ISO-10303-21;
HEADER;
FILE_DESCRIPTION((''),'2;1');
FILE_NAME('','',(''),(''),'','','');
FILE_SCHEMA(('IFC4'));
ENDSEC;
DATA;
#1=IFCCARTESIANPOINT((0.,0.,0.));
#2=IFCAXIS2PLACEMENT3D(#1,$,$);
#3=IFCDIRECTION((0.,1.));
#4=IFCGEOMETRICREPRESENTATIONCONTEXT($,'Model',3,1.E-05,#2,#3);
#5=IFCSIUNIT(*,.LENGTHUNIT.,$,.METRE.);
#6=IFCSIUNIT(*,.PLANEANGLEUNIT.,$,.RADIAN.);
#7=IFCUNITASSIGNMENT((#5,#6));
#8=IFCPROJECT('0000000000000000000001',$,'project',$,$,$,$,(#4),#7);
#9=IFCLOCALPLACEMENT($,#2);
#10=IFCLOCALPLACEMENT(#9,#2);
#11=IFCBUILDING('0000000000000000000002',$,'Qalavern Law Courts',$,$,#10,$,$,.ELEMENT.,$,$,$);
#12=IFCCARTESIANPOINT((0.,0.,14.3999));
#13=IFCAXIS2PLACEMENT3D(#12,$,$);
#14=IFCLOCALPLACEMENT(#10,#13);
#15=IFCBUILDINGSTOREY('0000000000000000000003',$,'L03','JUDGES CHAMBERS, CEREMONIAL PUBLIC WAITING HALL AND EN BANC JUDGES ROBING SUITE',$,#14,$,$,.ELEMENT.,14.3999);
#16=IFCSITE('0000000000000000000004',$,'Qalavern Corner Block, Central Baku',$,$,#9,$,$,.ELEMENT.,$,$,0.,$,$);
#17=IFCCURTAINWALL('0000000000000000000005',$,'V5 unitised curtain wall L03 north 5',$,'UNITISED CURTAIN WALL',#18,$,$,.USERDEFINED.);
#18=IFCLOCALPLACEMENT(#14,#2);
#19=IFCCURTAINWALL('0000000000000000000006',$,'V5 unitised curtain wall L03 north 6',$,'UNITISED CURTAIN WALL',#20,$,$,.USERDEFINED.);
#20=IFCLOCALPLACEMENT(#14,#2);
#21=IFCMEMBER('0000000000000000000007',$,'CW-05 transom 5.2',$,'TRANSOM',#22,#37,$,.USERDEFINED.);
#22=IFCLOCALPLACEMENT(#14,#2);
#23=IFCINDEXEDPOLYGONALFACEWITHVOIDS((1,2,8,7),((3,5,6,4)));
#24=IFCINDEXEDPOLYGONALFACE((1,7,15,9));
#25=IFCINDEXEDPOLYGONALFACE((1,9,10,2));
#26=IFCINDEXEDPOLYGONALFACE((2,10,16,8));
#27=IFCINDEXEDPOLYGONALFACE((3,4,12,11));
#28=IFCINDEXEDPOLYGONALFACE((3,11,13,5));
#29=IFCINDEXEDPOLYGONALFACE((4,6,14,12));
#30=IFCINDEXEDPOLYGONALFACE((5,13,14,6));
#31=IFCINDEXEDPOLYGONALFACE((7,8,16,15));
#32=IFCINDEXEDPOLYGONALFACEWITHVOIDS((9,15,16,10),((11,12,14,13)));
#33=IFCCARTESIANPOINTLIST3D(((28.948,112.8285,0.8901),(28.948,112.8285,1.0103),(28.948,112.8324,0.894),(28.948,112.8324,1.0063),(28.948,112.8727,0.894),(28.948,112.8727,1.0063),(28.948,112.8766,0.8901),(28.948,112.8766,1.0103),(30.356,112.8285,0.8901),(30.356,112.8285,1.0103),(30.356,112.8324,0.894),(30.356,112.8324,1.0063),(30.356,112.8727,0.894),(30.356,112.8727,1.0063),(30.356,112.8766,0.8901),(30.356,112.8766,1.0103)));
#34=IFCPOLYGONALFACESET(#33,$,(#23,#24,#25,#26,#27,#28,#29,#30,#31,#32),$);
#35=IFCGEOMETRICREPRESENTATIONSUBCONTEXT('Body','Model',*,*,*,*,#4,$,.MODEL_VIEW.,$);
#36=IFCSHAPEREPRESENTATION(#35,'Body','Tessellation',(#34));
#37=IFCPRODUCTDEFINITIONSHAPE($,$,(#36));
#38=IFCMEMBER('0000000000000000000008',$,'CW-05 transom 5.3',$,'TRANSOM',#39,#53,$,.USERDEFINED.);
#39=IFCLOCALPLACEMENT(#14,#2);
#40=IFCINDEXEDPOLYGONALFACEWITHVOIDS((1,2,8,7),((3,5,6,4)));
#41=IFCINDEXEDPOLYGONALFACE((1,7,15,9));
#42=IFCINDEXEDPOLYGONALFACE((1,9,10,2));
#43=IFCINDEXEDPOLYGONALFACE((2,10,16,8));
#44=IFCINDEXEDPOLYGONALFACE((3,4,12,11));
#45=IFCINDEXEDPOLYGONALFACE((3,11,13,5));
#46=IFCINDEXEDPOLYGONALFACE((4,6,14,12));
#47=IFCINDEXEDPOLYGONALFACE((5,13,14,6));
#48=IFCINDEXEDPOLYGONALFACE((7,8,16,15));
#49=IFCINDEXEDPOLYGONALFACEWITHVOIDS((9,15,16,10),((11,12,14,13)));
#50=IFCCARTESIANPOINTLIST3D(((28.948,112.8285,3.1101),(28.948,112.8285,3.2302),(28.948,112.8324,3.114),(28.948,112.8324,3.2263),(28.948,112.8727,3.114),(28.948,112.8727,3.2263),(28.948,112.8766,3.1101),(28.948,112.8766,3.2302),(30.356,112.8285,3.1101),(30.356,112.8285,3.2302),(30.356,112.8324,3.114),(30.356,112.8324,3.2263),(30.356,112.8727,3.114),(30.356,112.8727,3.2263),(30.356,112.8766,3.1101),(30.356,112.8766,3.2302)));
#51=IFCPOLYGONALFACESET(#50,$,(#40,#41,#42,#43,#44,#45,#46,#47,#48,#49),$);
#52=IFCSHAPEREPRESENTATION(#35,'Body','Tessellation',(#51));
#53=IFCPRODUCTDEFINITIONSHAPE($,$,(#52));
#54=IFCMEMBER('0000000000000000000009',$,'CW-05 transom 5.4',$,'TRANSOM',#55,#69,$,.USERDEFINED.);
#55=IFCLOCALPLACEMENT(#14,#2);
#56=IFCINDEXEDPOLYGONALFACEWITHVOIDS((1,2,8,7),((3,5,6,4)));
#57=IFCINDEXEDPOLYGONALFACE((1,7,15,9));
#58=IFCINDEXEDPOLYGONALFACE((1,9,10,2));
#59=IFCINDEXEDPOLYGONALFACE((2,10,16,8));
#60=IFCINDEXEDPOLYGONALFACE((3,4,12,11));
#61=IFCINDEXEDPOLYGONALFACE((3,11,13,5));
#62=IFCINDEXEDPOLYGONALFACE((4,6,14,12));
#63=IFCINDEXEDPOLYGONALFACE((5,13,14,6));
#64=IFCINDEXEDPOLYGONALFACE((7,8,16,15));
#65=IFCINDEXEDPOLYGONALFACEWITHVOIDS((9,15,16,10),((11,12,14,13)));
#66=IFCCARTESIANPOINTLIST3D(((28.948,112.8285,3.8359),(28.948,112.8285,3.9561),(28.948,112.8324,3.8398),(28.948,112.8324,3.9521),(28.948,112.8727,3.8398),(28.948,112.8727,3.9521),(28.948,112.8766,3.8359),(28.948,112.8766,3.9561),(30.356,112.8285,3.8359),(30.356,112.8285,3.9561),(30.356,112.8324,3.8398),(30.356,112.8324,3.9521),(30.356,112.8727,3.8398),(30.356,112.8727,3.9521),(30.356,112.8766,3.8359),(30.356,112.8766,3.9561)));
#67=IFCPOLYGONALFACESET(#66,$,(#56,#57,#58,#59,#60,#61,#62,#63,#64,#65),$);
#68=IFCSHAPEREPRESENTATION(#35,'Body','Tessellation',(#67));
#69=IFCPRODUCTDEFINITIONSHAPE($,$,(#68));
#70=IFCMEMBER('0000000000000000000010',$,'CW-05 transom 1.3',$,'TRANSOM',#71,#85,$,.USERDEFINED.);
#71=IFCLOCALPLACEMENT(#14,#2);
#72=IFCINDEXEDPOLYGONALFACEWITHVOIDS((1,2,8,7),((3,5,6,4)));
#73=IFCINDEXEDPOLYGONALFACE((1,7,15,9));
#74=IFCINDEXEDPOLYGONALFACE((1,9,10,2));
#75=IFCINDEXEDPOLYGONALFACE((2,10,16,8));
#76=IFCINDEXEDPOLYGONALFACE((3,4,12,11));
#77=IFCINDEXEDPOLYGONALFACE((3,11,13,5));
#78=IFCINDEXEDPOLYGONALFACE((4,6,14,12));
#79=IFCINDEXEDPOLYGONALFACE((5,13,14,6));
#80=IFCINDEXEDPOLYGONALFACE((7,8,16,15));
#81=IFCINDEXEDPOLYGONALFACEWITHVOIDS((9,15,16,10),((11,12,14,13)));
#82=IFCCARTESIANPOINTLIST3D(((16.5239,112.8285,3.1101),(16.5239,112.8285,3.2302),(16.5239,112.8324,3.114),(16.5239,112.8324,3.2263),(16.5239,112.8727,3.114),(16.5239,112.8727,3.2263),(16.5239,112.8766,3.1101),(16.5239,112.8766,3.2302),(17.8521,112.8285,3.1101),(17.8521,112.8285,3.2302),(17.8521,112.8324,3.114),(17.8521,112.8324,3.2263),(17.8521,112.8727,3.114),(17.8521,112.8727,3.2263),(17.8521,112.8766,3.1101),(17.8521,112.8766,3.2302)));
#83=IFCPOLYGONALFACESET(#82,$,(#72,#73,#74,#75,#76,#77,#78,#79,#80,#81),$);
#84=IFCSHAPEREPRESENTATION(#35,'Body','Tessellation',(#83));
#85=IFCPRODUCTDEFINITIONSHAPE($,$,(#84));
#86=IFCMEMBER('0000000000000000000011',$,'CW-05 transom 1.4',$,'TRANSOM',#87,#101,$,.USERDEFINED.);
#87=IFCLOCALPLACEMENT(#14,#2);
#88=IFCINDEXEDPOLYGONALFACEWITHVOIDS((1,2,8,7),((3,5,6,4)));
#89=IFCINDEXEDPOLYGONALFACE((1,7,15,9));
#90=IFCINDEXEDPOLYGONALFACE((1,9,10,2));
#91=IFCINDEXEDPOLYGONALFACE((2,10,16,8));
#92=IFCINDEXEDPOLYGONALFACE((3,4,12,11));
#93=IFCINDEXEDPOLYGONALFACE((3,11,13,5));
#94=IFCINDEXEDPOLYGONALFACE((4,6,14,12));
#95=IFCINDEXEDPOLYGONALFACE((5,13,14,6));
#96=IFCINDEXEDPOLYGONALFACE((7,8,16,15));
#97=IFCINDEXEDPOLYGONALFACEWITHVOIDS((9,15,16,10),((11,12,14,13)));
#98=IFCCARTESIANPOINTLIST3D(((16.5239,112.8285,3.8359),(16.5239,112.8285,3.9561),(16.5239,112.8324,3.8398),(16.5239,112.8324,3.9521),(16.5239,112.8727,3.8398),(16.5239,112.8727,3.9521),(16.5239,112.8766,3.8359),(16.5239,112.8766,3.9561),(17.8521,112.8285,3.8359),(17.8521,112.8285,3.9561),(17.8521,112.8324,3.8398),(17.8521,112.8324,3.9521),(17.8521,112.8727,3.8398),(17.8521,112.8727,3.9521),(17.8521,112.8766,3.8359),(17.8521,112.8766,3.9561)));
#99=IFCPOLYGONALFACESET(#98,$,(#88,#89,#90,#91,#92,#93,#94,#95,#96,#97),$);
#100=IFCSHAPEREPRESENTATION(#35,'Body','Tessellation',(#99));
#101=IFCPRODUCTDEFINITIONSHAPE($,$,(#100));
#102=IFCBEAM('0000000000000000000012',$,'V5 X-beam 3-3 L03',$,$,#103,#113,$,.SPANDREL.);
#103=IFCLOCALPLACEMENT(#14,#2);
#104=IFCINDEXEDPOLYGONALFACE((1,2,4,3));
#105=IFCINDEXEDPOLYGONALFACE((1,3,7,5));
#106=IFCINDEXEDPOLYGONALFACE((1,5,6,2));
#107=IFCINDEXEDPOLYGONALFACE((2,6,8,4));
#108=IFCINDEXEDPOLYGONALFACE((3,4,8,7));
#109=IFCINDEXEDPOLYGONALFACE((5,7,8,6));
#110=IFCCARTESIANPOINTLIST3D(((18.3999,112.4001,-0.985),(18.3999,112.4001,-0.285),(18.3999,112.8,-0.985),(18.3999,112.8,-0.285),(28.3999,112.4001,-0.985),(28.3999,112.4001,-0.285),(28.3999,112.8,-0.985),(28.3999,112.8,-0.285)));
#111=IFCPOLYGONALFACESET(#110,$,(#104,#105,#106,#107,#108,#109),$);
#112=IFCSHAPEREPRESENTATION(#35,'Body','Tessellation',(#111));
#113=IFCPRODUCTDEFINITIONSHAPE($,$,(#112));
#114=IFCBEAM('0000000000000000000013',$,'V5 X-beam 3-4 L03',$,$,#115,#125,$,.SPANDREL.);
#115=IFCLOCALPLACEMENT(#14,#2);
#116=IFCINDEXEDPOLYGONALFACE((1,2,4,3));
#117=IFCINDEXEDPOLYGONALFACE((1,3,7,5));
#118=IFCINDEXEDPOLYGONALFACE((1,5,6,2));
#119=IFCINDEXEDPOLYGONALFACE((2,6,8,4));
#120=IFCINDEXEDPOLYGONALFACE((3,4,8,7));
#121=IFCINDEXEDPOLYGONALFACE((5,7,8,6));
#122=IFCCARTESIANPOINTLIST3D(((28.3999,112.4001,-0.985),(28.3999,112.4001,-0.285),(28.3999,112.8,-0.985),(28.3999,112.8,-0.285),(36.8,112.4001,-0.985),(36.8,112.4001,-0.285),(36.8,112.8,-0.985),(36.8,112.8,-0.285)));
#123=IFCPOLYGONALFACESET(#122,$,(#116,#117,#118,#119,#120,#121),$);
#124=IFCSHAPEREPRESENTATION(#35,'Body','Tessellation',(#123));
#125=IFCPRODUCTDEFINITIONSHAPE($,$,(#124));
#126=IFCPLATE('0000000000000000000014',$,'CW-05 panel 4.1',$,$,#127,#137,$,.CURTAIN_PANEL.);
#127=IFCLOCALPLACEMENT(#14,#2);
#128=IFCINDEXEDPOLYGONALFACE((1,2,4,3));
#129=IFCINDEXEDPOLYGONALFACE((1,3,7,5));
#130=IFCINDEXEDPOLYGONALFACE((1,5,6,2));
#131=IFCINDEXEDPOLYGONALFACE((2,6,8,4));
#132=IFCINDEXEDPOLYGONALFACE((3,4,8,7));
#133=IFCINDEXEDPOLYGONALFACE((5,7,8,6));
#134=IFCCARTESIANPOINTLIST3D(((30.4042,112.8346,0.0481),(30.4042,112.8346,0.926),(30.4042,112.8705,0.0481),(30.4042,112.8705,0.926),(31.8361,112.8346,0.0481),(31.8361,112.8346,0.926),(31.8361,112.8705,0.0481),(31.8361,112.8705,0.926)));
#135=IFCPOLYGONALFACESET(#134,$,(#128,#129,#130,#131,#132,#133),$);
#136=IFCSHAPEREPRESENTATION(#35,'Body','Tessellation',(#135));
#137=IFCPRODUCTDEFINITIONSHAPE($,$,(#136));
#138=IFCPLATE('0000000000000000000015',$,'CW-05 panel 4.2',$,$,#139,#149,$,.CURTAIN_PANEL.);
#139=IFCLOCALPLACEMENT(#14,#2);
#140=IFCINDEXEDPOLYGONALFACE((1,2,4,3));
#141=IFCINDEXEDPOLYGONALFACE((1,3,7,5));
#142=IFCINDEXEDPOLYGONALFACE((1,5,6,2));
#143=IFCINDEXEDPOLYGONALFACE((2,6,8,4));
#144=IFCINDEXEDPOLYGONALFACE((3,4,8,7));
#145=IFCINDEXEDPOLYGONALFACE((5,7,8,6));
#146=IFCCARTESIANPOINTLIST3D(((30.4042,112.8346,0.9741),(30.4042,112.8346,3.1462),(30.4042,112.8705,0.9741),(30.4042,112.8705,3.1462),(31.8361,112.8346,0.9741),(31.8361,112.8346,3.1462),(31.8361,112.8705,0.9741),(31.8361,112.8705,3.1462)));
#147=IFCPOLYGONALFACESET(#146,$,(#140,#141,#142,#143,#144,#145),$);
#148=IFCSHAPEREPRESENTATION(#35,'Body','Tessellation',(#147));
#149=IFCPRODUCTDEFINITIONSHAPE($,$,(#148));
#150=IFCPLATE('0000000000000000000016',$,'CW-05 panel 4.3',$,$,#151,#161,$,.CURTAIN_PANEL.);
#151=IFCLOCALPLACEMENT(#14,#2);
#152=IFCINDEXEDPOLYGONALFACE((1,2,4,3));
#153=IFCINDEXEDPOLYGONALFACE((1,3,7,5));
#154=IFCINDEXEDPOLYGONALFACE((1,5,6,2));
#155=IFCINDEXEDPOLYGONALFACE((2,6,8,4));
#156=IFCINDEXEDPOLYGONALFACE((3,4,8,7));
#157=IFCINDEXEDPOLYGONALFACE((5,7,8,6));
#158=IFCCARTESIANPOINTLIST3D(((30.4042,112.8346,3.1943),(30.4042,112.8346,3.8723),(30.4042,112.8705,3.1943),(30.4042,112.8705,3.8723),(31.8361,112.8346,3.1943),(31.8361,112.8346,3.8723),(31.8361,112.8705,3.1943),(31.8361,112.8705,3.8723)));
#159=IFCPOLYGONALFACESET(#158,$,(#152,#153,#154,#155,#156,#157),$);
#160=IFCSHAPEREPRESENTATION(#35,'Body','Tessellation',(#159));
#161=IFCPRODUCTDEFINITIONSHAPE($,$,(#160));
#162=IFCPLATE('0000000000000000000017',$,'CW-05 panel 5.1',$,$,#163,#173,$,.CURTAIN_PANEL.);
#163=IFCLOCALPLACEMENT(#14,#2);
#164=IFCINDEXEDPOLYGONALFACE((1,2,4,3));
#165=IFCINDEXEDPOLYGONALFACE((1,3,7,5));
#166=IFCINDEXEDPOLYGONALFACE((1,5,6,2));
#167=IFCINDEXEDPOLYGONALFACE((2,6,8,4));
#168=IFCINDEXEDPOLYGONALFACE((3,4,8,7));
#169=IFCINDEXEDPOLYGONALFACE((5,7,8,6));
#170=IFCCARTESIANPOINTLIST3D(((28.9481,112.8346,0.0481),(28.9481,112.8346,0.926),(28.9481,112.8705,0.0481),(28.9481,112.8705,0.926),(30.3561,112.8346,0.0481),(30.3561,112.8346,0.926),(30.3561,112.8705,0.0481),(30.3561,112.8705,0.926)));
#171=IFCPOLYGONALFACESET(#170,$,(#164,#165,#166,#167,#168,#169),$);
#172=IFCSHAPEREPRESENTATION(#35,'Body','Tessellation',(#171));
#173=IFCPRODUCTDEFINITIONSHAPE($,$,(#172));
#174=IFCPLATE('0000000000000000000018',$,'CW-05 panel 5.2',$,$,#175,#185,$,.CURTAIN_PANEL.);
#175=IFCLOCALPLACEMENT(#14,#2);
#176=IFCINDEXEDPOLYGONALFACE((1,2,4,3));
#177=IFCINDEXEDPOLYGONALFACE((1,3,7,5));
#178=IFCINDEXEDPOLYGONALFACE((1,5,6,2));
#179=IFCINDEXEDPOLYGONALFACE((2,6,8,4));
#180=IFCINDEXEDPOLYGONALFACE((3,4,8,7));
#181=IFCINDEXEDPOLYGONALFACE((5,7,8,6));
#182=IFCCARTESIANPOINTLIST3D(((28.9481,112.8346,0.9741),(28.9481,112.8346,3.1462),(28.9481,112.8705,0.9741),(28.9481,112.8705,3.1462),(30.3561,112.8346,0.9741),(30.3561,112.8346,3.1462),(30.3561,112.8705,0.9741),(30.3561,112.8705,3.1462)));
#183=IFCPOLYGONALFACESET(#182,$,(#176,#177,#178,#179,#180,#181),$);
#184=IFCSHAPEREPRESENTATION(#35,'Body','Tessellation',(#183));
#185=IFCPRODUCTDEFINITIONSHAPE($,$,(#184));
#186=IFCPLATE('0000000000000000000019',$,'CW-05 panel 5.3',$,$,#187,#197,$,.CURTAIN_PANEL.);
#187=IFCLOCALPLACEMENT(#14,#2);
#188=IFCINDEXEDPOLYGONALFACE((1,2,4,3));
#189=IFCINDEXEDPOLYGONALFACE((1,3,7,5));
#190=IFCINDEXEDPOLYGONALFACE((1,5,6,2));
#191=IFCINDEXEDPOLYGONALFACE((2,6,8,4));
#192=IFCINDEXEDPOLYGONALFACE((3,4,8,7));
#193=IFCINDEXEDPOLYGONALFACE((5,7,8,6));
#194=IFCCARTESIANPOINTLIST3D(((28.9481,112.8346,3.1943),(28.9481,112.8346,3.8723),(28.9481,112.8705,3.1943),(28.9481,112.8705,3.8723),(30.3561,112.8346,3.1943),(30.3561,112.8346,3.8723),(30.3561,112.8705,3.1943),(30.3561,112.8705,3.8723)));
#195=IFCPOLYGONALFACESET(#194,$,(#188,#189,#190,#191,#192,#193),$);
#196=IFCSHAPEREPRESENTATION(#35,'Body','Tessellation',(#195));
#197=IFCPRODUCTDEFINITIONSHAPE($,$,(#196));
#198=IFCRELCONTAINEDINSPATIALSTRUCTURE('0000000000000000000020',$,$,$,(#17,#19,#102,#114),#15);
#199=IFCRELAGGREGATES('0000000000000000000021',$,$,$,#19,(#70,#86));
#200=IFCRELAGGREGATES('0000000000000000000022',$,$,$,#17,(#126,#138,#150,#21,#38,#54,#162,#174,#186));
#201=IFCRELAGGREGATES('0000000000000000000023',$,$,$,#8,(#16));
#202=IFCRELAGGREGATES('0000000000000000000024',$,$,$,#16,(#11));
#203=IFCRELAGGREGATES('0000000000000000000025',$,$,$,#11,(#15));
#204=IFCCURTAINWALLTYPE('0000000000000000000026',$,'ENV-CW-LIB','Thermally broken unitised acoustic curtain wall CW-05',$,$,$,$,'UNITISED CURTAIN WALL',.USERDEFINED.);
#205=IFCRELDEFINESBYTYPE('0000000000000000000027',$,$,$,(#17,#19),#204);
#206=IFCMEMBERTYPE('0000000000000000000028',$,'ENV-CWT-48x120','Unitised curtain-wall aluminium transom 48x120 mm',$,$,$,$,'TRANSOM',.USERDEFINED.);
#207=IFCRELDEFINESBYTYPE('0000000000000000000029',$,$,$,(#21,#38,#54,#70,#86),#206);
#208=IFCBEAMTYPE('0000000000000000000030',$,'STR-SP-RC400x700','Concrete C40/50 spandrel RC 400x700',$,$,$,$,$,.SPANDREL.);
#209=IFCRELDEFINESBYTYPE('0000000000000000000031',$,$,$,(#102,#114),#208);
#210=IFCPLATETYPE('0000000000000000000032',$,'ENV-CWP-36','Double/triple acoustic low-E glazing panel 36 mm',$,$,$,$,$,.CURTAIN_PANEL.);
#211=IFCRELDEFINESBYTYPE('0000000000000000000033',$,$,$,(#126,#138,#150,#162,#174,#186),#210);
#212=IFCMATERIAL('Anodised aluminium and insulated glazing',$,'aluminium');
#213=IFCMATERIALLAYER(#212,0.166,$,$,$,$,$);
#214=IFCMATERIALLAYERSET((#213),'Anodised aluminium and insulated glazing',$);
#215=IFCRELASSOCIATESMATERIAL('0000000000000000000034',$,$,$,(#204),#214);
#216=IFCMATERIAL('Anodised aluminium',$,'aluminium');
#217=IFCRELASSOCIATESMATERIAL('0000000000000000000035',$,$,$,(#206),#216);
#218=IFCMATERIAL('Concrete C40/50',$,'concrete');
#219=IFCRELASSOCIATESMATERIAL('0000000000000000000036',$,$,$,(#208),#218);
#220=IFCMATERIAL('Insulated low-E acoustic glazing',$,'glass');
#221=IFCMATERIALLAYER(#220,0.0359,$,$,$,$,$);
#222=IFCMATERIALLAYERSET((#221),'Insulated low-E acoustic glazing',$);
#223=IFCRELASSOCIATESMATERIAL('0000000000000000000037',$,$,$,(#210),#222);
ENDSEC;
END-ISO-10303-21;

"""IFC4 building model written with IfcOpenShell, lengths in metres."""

from ifc_helpers import new_model, si_unit, direction, frame, origin, origin_2d, place, context, subcontext, project, spatial, rectangle, hollow_rectangle, extrude, material, layer, layer_set, material_profile, profile_set, type_object, element, aggregate, save


model = new_model("IFC4")

# Units and contexts
model_context = context("Model", 3, precision=1e-05, world=origin(), true_north=direction((0.0, 1.0)))
body_context = subcontext(model_context, "Body", "Model", "MODEL_VIEW")
ifc_project = project(units=[si_unit("LENGTHUNIT", "METRE"), si_unit("PLANEANGLEUNIT", "RADIAN")], contexts=[model_context])

# Site, building, storey
site_placement = place(None, origin())
site = spatial("IfcSite", under=ifc_project, at=site_placement, Name="Qalavern Corner Block, Central Baku", CompositionType="ELEMENT", RefElevation=0.0)
building_placement = place(site_placement, origin())
building = spatial("IfcBuilding", under=site, at=building_placement, Name="Qalavern Law Courts", CompositionType="ELEMENT")
storey_placement = place(building_placement, frame((0.0, 0.0, 14.3999)))
storey = spatial("IfcBuildingStorey", under=building, at=storey_placement, Name="L03", Description="JUDGES CHAMBERS, CEREMONIAL PUBLIC WAITING HALL AND EN BANC JUDGES ROBING SUITE", CompositionType="ELEMENT", Elevation=14.3999)

# Curtain wall
ifc_material_1 = material(Name="Anodised aluminium and insulated glazing", Category="aluminium")
ifc_layer_1 = layer(ifc_material_1, 0.166)
ifc_layer_set_1 = layer_set([ifc_layer_1], Name="Anodised aluminium and insulated glazing")
curtain_wall_type = type_object("IfcCurtainWallType", Name="ENV-CW-LIB", Description="Thermally broken unitised acoustic curtain wall CW-05", ElementType="UNITISED CURTAIN WALL", PredefinedType="USERDEFINED", material=ifc_layer_set_1)
curtain_wall_1_placement = place(storey_placement, origin())
curtain_wall_1 = element("IfcCurtainWall", 1, at=curtain_wall_1_placement, inside=storey, type_object=curtain_wall_type, Name="V5 unitised curtain wall L03 north 5", ObjectType="UNITISED CURTAIN WALL", PredefinedType="USERDEFINED")
ifc_material_2 = material(Name="Anodised aluminium", Category="aluminium")

# Curtain wall
curtain_wall_2_placement = place(storey_placement, origin())
curtain_wall_2 = element("IfcCurtainWall", 2, at=curtain_wall_2_placement, inside=storey, type_object=curtain_wall_type, Name="V5 unitised curtain wall L03 north 6", ObjectType="UNITISED CURTAIN WALL", PredefinedType="USERDEFINED")

# Members
ifc_material_profile_1 = material_profile(ifc_material_2, hollow_rectangle(XDim=0.0481, YDim=0.1201, WallThickness=0.0039, at=origin_2d()), Name="ALU TRANSOM 48x120")
ifc_profile_set_1 = profile_set([ifc_material_profile_1], Name="Anodised aluminium")
member_type_1 = type_object("IfcMemberType", Name="ENV-CWT-48x120", Description="Unitised curtain-wall aluminium transom 48x120 mm", ElementType="TRANSOM", PredefinedType="USERDEFINED", material=ifc_profile_set_1)
member_1_placement = place(storey_placement, frame((30.356, 112.8525, 0.9502), z_axis=(-1.0, 0.0, 0.0), x_axis=(0.0, -1.0, 0.0)))
member_1 = element("IfcMember", 3, at=member_1_placement, type_object=member_type_1, Name="CW-05 transom 5.2", ObjectType="TRANSOM", PredefinedType="USERDEFINED", context=body_context, shape_type="SweptSolid", body=[
    extrude(hollow_rectangle(XDim=0.0481, YDim=0.1201, WallThickness=0.0039, at=origin_2d()), origin(), (0.0, 0.0, 1.0), 1.408),
])
member_2_placement = place(storey_placement, frame((30.356, 112.8525, 3.1702), z_axis=(-1.0, 0.0, 0.0), x_axis=(0.0, -1.0, 0.0)))
member_2 = element("IfcMember", 4, at=member_2_placement, type_object=member_type_1, Name="CW-05 transom 5.3", ObjectType="TRANSOM", PredefinedType="USERDEFINED", context=body_context, shape_type="SweptSolid", body=[
    extrude(hollow_rectangle(XDim=0.0481, YDim=0.1201, WallThickness=0.0039, at=origin_2d()), origin(), (0.0, 0.0, 1.0), 1.408),
])
member_3_placement = place(storey_placement, frame((30.356, 112.8525, 3.896), z_axis=(-1.0, 0.0, 0.0), x_axis=(0.0, -1.0, 0.0)))
member_3 = element("IfcMember", 5, at=member_3_placement, type_object=member_type_1, Name="CW-05 transom 5.4", ObjectType="TRANSOM", PredefinedType="USERDEFINED", context=body_context, shape_type="SweptSolid", body=[
    extrude(hollow_rectangle(XDim=0.0481, YDim=0.1201, WallThickness=0.0039, at=origin_2d()), origin(), (0.0, 0.0, 1.0), 1.408),
])
member_4_placement = place(storey_placement, frame((17.8521, 112.8525, 3.1702), z_axis=(-1.0, 0.0, 0.0), x_axis=(0.0, -1.0, 0.0)))
member_4 = element("IfcMember", 6, at=member_4_placement, type_object=member_type_1, Name="CW-05 transom 1.3", ObjectType="TRANSOM", PredefinedType="USERDEFINED", context=body_context, shape_type="SweptSolid", body=[
    extrude(hollow_rectangle(XDim=0.0481, YDim=0.1201, WallThickness=0.0039, at=origin_2d()), origin(), (0.0, 0.0, 1.0), 1.3281),
])
member_5_placement = place(storey_placement, frame((17.8521, 112.8525, 3.896), z_axis=(-1.0, 0.0, 0.0), x_axis=(0.0, -1.0, 0.0)))
member_5 = element("IfcMember", 7, at=member_5_placement, type_object=member_type_1, Name="CW-05 transom 1.4", ObjectType="TRANSOM", PredefinedType="USERDEFINED", context=body_context, shape_type="SweptSolid", body=[
    extrude(hollow_rectangle(XDim=0.0481, YDim=0.1201, WallThickness=0.0039, at=origin_2d()), origin(), (0.0, 0.0, 1.0), 1.3281),
])
aggregate(curtain_wall_2, [member_4, member_5])

# Beams
ifc_material_3 = material(Name="Concrete C40/50", Category="concrete")
ifc_material_profile_2 = material_profile(ifc_material_3, rectangle(XDim=0.3999, YDim=0.7, at=origin_2d()), Name="RC 400x700")
ifc_profile_set_2 = profile_set([ifc_material_profile_2], Name="Concrete C40/50")
beam_type = type_object("IfcBeamType", Name="STR-SP-RC400x700", Description="Concrete C40/50 spandrel RC 400x700", PredefinedType="SPANDREL", material=ifc_profile_set_2)
beam_1_placement = place(storey_placement, frame((18.3999, 112.6001, -0.635), z_axis=(1.0, 0.0, 0.0), x_axis=(0.0, 1.0, 0.0)))
element("IfcBeam", 8, at=beam_1_placement, inside=storey, type_object=beam_type, Name="V5 X-beam 3-3 L03", PredefinedType="SPANDREL", context=body_context, shape_type="SweptSolid", body=[
    extrude(rectangle(XDim=0.3999, YDim=0.7, at=origin_2d()), origin(), (0.0, 0.0, 1.0), 10.0),
])
beam_2_placement = place(storey_placement, frame((28.3999, 112.6001, -0.635), z_axis=(1.0, 0.0, 0.0), x_axis=(0.0, 1.0, 0.0)))
element("IfcBeam", 9, at=beam_2_placement, inside=storey, type_object=beam_type, Name="V5 X-beam 3-4 L03", PredefinedType="SPANDREL", context=body_context, shape_type="SweptSolid", body=[
    extrude(rectangle(XDim=0.3999, YDim=0.7, at=origin_2d()), origin(), (0.0, 0.0, 1.0), 8.4001),
])

# Plates
ifc_material_4 = material(Name="Insulated low-E acoustic glazing", Category="glass")
ifc_layer_2 = layer(ifc_material_4, 0.0359)
ifc_layer_set_2 = layer_set([ifc_layer_2], Name="Insulated low-E acoustic glazing")
plate_type = type_object("IfcPlateType", Name="ENV-CWP-36", Description="Double/triple acoustic low-E glazing panel 36 mm", PredefinedType="CURTAIN_PANEL", material=ifc_layer_set_2)
plate_1_placement = place(storey_placement, frame((31.1201, 112.8525, 0.0481), z_axis=(0.0, 0.0, 1.0), x_axis=(-1.0, 0.0, 0.0)))
plate_1 = element("IfcPlate", 10, at=plate_1_placement, type_object=plate_type, Name="CW-05 panel 4.1", PredefinedType="CURTAIN_PANEL", context=body_context, shape_type="SweptSolid", body=[
    extrude(rectangle(XDim=1.4319, YDim=0.0359, at=origin_2d()), origin(), (0.0, 0.0, 1.0), 0.8779),
])
plate_2_placement = place(storey_placement, frame((31.1201, 112.8525, 0.9741), z_axis=(0.0, 0.0, 1.0), x_axis=(-1.0, 0.0, 0.0)))
plate_2 = element("IfcPlate", 11, at=plate_2_placement, type_object=plate_type, Name="CW-05 panel 4.2", PredefinedType="CURTAIN_PANEL", context=body_context, shape_type="SweptSolid", body=[
    extrude(rectangle(XDim=1.4319, YDim=0.0359, at=origin_2d()), origin(), (0.0, 0.0, 1.0), 2.1721),
])
plate_3_placement = place(storey_placement, frame((31.1201, 112.8525, 3.1943), z_axis=(0.0, 0.0, 1.0), x_axis=(-1.0, 0.0, 0.0)))
plate_3 = element("IfcPlate", 12, at=plate_3_placement, type_object=plate_type, Name="CW-05 panel 4.3", PredefinedType="CURTAIN_PANEL", context=body_context, shape_type="SweptSolid", body=[
    extrude(rectangle(XDim=1.4319, YDim=0.0359, at=origin_2d()), origin(), (0.0, 0.0, 1.0), 0.678),
])
plate_4_placement = place(storey_placement, frame((29.6521, 112.8525, 0.0481), z_axis=(0.0, 0.0, 1.0), x_axis=(-1.0, 0.0, 0.0)))
plate_4 = element("IfcPlate", 13, at=plate_4_placement, type_object=plate_type, Name="CW-05 panel 5.1", PredefinedType="CURTAIN_PANEL", context=body_context, shape_type="SweptSolid", body=[
    extrude(rectangle(XDim=1.408, YDim=0.0359, at=origin_2d()), origin(), (0.0, 0.0, 1.0), 0.8779),
])
plate_5_placement = place(storey_placement, frame((29.6521, 112.8525, 0.9741), z_axis=(0.0, 0.0, 1.0), x_axis=(-1.0, 0.0, 0.0)))
plate_5 = element("IfcPlate", 14, at=plate_5_placement, type_object=plate_type, Name="CW-05 panel 5.2", PredefinedType="CURTAIN_PANEL", context=body_context, shape_type="SweptSolid", body=[
    extrude(rectangle(XDim=1.408, YDim=0.0359, at=origin_2d()), origin(), (0.0, 0.0, 1.0), 2.1721),
])
plate_6_placement = place(storey_placement, frame((29.6521, 112.8525, 3.1943), z_axis=(0.0, 0.0, 1.0), x_axis=(-1.0, 0.0, 0.0)))
plate_6 = element("IfcPlate", 15, at=plate_6_placement, type_object=plate_type, Name="CW-05 panel 5.3", PredefinedType="CURTAIN_PANEL", context=body_context, shape_type="SweptSolid", body=[
    extrude(rectangle(XDim=1.408, YDim=0.0359, at=origin_2d()), origin(), (0.0, 0.0, 1.0), 0.678),
])
aggregate(curtain_wall_1, [plate_1, plate_2, plate_3, member_1, member_2, member_3, plate_4, plate_5, plate_6])

save(model, "model.ifc")
